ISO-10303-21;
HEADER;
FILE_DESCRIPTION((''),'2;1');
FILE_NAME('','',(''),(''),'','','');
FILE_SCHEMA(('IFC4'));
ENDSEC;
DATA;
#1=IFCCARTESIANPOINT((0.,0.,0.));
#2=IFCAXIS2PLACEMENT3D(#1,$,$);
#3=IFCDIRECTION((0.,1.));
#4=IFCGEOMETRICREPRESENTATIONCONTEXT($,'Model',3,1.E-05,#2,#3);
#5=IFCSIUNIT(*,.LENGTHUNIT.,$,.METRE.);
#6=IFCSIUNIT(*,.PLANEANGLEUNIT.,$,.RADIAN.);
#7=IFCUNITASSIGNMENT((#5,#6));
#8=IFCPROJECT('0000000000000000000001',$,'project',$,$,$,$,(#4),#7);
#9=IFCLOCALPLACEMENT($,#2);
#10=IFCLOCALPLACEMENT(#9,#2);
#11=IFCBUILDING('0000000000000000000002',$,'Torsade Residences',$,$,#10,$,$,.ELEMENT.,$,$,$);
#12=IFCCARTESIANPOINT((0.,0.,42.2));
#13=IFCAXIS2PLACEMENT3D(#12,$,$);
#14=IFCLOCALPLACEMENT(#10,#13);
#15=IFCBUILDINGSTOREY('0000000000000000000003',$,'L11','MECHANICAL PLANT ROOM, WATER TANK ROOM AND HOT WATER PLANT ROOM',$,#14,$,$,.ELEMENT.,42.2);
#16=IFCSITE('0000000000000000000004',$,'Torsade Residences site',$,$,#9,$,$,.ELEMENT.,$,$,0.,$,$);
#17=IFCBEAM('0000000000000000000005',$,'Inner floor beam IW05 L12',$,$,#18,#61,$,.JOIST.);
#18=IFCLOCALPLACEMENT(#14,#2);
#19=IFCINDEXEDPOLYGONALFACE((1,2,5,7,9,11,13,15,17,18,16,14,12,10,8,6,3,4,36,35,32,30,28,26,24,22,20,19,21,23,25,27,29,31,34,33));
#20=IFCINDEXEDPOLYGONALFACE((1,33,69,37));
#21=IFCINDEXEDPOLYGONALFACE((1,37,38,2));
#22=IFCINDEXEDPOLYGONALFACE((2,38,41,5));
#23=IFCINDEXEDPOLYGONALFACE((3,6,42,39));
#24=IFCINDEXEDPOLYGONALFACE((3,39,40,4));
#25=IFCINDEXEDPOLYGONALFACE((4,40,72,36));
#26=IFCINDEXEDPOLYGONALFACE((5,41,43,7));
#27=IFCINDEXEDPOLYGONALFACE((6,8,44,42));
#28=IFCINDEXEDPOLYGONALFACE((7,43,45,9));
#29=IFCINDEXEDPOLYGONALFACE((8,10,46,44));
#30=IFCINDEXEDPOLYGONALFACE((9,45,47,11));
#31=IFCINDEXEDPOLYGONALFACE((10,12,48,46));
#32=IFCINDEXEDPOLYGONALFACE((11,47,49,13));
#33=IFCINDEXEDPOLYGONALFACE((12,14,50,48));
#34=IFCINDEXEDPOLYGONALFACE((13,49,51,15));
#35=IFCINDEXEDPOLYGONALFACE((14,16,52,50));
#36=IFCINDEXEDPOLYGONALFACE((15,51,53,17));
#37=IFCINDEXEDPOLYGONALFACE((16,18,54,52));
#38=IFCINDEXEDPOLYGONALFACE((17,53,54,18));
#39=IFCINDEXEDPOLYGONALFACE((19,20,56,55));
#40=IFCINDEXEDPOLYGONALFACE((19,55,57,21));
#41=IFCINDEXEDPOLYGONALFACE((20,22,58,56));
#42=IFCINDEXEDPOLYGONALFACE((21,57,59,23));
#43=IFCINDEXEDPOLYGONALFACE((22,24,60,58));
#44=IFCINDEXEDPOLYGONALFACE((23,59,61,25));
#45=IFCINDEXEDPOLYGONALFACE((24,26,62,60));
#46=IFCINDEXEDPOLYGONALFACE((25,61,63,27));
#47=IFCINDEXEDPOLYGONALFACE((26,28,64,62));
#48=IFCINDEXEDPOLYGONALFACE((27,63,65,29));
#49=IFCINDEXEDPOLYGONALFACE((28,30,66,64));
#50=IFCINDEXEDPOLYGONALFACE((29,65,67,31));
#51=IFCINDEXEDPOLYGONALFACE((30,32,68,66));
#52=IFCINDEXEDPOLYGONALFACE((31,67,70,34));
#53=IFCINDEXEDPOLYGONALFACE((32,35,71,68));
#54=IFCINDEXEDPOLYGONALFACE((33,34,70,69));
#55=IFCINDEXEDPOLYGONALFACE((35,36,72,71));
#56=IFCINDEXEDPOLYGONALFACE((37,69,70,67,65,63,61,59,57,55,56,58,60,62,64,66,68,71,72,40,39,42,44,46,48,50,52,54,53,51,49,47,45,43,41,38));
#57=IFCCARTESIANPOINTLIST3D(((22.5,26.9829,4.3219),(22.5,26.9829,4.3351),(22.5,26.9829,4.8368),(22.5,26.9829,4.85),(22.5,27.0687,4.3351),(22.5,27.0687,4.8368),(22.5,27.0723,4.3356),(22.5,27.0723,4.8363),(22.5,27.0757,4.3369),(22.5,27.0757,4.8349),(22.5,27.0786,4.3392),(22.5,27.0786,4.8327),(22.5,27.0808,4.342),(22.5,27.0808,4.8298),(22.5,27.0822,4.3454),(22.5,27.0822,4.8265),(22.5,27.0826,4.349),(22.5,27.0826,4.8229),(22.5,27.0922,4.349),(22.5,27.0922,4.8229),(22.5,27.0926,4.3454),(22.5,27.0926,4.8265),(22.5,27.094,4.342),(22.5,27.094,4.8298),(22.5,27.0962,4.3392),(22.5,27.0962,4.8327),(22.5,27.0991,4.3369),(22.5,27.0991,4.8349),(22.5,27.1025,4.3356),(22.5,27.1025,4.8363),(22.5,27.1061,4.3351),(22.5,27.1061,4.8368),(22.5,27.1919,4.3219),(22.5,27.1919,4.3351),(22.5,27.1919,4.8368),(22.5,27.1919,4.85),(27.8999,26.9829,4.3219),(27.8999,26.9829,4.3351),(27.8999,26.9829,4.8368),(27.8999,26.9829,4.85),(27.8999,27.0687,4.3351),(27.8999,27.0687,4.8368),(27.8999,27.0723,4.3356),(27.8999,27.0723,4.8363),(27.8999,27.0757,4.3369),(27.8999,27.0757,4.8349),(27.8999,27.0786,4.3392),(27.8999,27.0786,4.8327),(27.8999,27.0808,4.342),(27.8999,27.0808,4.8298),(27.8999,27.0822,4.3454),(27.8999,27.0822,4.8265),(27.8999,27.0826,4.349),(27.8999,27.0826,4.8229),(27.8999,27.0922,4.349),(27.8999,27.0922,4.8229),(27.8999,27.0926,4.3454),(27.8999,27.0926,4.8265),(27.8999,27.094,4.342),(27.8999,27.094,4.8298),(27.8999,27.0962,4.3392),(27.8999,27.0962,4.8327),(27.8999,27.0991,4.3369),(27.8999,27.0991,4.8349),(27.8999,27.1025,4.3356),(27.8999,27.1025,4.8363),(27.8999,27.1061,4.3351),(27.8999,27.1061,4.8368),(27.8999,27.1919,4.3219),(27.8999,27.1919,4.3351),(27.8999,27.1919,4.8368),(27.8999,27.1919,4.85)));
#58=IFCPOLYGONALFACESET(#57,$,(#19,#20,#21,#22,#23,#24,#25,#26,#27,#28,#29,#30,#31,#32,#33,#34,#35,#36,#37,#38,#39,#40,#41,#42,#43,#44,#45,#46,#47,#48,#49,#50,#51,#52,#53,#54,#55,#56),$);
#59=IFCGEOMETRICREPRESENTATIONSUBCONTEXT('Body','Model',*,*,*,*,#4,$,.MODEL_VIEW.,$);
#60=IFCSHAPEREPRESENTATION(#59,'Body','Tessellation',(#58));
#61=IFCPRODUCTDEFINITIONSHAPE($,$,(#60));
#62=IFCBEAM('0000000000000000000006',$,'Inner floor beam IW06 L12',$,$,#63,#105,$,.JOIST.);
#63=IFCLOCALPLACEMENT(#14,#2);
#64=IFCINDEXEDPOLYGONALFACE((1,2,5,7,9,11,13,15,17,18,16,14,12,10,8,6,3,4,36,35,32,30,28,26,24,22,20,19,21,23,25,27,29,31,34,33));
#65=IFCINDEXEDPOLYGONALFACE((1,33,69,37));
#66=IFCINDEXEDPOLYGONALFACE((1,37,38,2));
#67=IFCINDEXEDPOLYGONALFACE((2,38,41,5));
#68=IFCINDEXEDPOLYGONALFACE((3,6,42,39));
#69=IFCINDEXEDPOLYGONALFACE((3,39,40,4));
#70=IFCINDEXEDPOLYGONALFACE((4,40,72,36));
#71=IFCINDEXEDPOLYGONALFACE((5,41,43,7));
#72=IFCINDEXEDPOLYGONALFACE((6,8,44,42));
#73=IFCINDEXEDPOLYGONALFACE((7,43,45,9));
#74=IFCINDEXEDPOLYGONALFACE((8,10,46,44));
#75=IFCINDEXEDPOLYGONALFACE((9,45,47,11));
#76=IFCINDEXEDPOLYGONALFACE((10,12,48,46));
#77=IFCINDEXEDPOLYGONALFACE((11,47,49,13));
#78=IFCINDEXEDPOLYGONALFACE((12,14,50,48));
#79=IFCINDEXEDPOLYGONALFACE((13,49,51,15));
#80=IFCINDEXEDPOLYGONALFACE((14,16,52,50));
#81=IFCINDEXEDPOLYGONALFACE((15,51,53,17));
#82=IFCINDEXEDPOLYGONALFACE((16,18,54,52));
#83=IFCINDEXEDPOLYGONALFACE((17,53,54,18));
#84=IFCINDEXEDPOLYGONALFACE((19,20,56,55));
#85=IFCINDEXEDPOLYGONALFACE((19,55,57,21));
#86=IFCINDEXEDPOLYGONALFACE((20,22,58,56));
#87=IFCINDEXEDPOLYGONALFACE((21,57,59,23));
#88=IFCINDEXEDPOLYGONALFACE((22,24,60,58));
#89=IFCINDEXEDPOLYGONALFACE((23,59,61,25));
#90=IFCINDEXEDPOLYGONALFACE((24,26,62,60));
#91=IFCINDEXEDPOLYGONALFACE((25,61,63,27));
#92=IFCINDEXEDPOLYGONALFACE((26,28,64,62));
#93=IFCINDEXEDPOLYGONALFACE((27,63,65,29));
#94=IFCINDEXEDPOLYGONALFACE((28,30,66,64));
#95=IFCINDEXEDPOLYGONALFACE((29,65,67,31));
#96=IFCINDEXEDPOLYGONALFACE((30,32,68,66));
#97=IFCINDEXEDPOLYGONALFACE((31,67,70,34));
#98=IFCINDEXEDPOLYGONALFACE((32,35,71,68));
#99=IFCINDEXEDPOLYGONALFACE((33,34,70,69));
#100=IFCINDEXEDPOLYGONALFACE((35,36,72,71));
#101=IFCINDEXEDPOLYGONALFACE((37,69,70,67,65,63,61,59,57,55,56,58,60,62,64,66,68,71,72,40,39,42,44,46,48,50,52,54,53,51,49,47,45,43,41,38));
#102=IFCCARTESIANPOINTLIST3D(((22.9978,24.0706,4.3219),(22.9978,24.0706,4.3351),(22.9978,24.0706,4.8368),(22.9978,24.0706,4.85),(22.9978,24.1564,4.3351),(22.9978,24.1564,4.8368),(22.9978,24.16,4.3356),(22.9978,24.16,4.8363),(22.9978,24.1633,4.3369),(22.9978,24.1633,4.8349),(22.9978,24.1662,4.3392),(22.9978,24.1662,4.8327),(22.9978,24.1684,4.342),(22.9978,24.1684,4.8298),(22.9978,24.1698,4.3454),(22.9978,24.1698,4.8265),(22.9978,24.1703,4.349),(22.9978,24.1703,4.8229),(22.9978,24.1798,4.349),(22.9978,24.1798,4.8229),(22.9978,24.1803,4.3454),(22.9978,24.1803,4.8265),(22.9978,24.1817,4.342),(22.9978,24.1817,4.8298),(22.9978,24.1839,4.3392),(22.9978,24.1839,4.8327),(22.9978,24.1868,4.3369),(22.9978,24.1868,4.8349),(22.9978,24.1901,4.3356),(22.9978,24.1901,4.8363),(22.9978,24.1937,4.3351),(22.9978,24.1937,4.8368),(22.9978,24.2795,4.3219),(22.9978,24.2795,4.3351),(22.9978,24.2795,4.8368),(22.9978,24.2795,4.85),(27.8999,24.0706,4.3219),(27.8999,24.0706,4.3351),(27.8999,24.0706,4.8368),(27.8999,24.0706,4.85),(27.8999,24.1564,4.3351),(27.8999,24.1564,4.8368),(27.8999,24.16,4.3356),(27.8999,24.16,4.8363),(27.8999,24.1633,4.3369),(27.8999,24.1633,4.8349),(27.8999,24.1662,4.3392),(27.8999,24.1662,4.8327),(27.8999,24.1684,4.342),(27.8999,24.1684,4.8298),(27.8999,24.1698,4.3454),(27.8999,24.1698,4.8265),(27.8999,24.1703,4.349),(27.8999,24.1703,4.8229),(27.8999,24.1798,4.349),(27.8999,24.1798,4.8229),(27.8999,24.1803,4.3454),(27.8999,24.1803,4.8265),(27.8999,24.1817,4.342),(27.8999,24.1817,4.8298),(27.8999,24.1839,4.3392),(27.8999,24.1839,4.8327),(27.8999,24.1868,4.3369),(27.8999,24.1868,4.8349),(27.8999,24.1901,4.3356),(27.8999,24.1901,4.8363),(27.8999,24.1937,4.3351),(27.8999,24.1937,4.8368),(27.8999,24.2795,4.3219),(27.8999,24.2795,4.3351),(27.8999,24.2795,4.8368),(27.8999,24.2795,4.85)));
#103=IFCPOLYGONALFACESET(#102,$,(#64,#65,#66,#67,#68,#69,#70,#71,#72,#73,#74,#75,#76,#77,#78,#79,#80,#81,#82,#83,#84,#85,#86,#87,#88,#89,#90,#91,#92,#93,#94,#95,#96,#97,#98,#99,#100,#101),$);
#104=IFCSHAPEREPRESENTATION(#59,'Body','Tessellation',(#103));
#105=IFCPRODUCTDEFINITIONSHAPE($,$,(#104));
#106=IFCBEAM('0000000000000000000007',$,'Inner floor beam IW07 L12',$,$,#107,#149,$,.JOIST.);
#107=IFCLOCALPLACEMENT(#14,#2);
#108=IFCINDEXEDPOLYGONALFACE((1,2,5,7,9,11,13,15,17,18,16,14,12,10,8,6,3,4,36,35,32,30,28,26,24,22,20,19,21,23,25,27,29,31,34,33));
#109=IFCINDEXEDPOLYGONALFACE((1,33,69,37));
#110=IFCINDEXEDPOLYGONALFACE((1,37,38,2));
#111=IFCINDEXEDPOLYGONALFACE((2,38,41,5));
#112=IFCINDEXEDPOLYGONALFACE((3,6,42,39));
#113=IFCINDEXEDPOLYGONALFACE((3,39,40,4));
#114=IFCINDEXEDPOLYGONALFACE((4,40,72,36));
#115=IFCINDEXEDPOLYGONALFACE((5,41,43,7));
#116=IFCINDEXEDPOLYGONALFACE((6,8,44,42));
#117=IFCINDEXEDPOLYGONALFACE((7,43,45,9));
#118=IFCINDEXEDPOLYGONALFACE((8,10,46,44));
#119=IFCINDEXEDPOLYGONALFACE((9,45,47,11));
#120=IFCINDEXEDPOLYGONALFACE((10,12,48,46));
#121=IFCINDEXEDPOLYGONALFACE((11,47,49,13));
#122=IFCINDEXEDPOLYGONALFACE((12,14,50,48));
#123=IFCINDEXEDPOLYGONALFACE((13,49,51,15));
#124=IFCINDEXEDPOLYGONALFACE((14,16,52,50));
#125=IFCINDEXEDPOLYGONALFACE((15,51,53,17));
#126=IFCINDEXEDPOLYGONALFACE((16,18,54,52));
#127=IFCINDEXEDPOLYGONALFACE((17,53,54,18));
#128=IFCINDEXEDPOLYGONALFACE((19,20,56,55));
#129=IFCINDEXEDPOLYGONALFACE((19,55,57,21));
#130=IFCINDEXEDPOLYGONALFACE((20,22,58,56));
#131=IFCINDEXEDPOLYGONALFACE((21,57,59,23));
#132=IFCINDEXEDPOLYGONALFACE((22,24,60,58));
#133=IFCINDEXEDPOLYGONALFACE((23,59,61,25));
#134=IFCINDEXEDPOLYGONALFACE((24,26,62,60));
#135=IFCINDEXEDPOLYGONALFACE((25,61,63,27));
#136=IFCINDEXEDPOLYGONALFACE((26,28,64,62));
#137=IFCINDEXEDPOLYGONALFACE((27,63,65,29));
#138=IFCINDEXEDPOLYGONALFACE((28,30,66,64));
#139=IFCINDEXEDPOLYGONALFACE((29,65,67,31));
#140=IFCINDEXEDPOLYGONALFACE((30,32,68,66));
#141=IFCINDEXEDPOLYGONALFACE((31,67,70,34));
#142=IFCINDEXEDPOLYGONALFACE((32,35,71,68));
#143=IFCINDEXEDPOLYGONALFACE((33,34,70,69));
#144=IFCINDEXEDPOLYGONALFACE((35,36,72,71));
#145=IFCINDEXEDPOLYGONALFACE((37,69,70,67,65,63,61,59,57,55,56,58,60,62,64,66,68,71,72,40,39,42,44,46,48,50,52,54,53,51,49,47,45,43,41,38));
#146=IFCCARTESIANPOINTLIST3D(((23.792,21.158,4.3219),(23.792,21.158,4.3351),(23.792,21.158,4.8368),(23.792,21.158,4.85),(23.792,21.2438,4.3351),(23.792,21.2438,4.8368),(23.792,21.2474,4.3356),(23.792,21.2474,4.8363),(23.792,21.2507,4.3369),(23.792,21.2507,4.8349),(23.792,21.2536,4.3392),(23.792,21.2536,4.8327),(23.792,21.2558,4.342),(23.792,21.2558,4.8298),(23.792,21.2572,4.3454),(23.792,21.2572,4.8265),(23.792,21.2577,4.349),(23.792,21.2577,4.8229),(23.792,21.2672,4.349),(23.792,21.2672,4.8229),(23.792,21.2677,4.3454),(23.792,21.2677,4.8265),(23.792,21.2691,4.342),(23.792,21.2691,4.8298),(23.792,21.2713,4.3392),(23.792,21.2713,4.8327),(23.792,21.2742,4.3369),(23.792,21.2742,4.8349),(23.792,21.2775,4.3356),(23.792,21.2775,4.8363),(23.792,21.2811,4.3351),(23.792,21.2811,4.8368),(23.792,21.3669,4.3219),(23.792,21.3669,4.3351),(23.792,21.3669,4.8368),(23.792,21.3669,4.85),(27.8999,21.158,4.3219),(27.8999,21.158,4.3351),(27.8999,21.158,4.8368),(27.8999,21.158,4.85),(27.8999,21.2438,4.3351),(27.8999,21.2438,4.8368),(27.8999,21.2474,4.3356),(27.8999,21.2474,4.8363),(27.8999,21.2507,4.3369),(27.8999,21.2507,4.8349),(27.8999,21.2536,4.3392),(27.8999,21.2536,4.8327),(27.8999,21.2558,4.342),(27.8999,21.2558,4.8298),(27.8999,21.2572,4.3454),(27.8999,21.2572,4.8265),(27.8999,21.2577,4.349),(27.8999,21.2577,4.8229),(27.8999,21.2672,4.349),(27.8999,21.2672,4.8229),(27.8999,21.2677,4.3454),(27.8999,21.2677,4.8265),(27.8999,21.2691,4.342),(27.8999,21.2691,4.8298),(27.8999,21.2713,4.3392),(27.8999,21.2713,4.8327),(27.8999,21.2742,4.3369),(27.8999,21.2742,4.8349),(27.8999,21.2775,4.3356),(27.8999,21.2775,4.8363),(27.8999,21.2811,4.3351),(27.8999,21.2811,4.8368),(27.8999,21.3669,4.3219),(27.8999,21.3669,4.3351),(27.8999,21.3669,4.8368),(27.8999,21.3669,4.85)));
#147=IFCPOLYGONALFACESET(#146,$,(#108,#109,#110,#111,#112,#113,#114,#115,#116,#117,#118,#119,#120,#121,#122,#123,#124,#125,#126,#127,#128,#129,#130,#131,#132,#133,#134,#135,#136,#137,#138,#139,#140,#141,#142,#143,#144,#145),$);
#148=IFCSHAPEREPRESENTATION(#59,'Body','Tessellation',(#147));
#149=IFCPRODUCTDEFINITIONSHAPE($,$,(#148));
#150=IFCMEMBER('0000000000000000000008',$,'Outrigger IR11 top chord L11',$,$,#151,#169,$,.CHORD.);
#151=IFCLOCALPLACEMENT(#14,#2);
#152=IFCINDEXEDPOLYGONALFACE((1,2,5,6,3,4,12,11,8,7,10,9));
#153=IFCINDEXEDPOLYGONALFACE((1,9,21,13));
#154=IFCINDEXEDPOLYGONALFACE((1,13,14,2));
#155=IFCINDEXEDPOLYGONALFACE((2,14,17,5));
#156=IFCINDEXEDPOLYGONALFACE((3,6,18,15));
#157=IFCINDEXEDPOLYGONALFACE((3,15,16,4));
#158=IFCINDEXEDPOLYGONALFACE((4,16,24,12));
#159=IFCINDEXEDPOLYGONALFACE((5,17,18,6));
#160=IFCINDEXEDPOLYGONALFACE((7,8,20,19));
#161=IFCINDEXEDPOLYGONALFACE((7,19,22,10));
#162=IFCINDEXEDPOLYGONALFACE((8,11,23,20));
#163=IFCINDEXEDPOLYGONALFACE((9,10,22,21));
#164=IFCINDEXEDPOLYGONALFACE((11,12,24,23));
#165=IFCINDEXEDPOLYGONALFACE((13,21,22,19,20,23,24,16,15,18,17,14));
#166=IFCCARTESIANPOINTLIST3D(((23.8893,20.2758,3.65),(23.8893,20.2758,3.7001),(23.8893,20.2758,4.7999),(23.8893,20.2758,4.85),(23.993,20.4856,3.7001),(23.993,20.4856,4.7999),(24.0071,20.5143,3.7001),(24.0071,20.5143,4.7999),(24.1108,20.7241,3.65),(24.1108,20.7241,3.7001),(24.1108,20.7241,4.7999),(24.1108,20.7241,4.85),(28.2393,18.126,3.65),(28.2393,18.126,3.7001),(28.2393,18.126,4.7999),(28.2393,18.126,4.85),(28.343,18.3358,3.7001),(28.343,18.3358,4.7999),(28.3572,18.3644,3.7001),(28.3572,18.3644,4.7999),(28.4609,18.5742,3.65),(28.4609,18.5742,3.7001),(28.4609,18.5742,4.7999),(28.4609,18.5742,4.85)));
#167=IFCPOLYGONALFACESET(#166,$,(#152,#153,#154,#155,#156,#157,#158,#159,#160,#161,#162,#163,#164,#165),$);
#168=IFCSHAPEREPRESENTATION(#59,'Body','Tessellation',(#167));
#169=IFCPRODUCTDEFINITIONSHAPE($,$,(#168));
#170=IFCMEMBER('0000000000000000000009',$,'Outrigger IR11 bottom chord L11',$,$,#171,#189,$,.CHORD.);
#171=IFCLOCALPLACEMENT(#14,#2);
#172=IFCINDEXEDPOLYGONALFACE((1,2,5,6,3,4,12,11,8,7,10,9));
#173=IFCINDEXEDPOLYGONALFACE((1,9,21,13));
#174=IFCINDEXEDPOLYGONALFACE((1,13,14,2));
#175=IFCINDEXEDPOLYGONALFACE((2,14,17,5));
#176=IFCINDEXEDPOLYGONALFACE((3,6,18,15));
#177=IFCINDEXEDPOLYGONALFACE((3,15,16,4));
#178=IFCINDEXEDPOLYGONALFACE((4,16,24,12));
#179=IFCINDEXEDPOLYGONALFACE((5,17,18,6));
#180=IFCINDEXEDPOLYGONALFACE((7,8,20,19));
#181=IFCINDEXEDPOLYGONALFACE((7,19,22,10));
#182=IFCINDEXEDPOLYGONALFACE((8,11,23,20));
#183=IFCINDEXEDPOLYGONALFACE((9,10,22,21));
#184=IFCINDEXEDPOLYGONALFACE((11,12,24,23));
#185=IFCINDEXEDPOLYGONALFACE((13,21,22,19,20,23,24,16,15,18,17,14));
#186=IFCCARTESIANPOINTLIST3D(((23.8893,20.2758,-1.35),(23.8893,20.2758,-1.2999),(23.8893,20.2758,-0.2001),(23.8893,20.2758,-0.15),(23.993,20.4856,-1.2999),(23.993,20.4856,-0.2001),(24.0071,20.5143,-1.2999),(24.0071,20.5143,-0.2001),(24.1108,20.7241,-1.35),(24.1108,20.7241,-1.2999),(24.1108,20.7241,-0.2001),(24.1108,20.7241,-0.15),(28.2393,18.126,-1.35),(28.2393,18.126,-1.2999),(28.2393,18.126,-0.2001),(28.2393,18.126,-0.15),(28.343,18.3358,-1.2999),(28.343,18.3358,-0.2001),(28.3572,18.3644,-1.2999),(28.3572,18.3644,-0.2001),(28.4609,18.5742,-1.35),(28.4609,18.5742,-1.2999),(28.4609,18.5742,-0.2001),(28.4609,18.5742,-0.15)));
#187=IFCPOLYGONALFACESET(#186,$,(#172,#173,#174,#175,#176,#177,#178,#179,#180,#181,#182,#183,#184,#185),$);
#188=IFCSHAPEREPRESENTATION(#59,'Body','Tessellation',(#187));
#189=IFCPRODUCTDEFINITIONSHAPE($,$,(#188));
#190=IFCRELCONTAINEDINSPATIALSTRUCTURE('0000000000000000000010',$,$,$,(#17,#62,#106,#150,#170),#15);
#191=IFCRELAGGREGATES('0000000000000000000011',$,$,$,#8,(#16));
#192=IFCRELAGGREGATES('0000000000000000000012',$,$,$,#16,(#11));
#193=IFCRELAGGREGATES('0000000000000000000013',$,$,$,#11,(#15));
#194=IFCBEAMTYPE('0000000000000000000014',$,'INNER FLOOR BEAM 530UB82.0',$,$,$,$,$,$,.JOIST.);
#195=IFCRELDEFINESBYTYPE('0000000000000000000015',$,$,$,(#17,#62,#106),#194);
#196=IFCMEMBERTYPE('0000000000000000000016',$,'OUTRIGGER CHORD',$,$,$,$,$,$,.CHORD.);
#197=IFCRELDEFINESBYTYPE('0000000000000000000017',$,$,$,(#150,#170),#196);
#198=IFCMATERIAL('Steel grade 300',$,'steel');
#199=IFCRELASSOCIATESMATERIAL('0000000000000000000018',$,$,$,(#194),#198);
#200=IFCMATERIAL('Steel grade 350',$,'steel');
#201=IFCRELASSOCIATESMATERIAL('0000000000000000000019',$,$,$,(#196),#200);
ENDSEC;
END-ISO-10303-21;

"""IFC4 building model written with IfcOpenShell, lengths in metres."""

from ifc_helpers import new_model, si_unit, direction, frame, origin, origin_2d, place, context, subcontext, project, spatial, i_section, extrude, material, material_profile, profile_set, type_object, element, save


model = new_model("IFC4")

# Units and contexts
model_context = context("Model", 3, precision=1e-05, world=origin(), true_north=direction((0.0, 1.0)))
body_context = subcontext(model_context, "Body", "Model", "MODEL_VIEW")
ifc_project = project(units=[si_unit("LENGTHUNIT", "METRE"), si_unit("PLANEANGLEUNIT", "RADIAN")], contexts=[model_context])

# Site, building, storey
site_placement = place(None, origin())
site = spatial("IfcSite", under=ifc_project, at=site_placement, Name="Torsade Residences site", CompositionType="ELEMENT", RefElevation=0.0)
building_placement = place(site_placement, origin())
building = spatial("IfcBuilding", under=site, at=building_placement, Name="Torsade Residences", CompositionType="ELEMENT")
storey_placement = place(building_placement, frame((0.0, 0.0, 42.2)))
storey = spatial("IfcBuildingStorey", under=building, at=storey_placement, Name="L11", Description="MECHANICAL PLANT ROOM, WATER TANK ROOM AND HOT WATER PLANT ROOM", CompositionType="ELEMENT", Elevation=42.2)

# Beams
ifc_material_1 = material(Name="Steel grade 300", Category="steel")
ifc_material_profile_1 = material_profile(ifc_material_1, i_section(OverallWidth=0.209, OverallDepth=0.5281, WebThickness=0.0095, FlangeThickness=0.0132, FilletRadius=0.0139, at=origin_2d()), Name="530UB82.0")
ifc_profile_set_1 = profile_set([ifc_material_profile_1], Name="Steel grade 300")
beam_type = type_object("IfcBeamType", Name="INNER FLOOR BEAM 530UB82.0", PredefinedType="JOIST", material=ifc_profile_set_1)
beam_1_placement = place(storey_placement, frame((27.8999, 27.0874, 4.5859), z_axis=(-1.0, 0.0, 0.0), x_axis=(0.0, -1.0, 0.0)))
element("IfcBeam", 1, at=beam_1_placement, inside=storey, type_object=beam_type, Name="Inner floor beam IW05 L12", PredefinedType="JOIST", context=body_context, shape_type="SweptSolid", body=[
    extrude(i_section(OverallWidth=0.209, OverallDepth=0.5281, WebThickness=0.0095, FlangeThickness=0.0132, FilletRadius=0.0139, at=origin_2d()), origin(), (0.0, 0.0, 1.0), 5.3999),
])
beam_2_placement = place(storey_placement, frame((27.8999, 24.175, 4.5859), z_axis=(-1.0, 0.0, 0.0), x_axis=(0.0, -1.0, 0.0)))
element("IfcBeam", 2, at=beam_2_placement, inside=storey, type_object=beam_type, Name="Inner floor beam IW06 L12", PredefinedType="JOIST", context=body_context, shape_type="SweptSolid", body=[
    extrude(i_section(OverallWidth=0.209, OverallDepth=0.5281, WebThickness=0.0095, FlangeThickness=0.0132, FilletRadius=0.0139, at=origin_2d()), origin(), (0.0, 0.0, 1.0), 4.9021),
])
beam_3_placement = place(storey_placement, frame((27.8999, 21.2625, 4.5859), z_axis=(-1.0, 0.0, 0.0), x_axis=(0.0, -1.0, 0.0)))
element("IfcBeam", 3, at=beam_3_placement, inside=storey, type_object=beam_type, Name="Inner floor beam IW07 L12", PredefinedType="JOIST", context=body_context, shape_type="SweptSolid", body=[
    extrude(i_section(OverallWidth=0.209, OverallDepth=0.5281, WebThickness=0.0095, FlangeThickness=0.0132, FilletRadius=0.0139, at=origin_2d()), origin(), (0.0, 0.0, 1.0), 4.1079),
])

# Members
ifc_material_2 = material(Name="Steel grade 350", Category="steel")
ifc_material_profile_2 = material_profile(ifc_material_2, i_section(OverallWidth=0.5, OverallDepth=1.2, WebThickness=0.032, FlangeThickness=0.05, at=origin_2d()), Name="1200x500x50x32WPG")
ifc_profile_set_2 = profile_set([ifc_material_profile_2], Name="Steel grade 350")
member_type_1 = type_object("IfcMemberType", Name="OUTRIGGER CHORD", PredefinedType="CHORD", material=ifc_profile_set_2)
for number, where, z_axis, x_axis, name in (
    (4, (28.3501, 18.3501, 4.25), (-0.896491, 0.443063, 0.0), (-0.443063, -0.896491, 0.0), "Outrigger IR11 top chord L11"),
    (5, (28.3501, 18.3501, -0.75), (-0.896491, 0.443063, 0.0), (-0.443063, -0.896491, 0.0), "Outrigger IR11 bottom chord L11"),
):
    element("IfcMember", number, at=place(storey_placement, frame(where, z_axis=z_axis, x_axis=x_axis)), inside=storey, type_object=member_type_1, Name=name, PredefinedType="CHORD", context=body_context, shape_type="SweptSolid", body=[
        extrude(i_section(OverallWidth=0.5, OverallDepth=1.2, WebThickness=0.032, FlangeThickness=0.05, at=origin_2d()), origin(), (0.0, 0.0, 1.0), 4.8523),
    ])

save(model, "model.ifc")
